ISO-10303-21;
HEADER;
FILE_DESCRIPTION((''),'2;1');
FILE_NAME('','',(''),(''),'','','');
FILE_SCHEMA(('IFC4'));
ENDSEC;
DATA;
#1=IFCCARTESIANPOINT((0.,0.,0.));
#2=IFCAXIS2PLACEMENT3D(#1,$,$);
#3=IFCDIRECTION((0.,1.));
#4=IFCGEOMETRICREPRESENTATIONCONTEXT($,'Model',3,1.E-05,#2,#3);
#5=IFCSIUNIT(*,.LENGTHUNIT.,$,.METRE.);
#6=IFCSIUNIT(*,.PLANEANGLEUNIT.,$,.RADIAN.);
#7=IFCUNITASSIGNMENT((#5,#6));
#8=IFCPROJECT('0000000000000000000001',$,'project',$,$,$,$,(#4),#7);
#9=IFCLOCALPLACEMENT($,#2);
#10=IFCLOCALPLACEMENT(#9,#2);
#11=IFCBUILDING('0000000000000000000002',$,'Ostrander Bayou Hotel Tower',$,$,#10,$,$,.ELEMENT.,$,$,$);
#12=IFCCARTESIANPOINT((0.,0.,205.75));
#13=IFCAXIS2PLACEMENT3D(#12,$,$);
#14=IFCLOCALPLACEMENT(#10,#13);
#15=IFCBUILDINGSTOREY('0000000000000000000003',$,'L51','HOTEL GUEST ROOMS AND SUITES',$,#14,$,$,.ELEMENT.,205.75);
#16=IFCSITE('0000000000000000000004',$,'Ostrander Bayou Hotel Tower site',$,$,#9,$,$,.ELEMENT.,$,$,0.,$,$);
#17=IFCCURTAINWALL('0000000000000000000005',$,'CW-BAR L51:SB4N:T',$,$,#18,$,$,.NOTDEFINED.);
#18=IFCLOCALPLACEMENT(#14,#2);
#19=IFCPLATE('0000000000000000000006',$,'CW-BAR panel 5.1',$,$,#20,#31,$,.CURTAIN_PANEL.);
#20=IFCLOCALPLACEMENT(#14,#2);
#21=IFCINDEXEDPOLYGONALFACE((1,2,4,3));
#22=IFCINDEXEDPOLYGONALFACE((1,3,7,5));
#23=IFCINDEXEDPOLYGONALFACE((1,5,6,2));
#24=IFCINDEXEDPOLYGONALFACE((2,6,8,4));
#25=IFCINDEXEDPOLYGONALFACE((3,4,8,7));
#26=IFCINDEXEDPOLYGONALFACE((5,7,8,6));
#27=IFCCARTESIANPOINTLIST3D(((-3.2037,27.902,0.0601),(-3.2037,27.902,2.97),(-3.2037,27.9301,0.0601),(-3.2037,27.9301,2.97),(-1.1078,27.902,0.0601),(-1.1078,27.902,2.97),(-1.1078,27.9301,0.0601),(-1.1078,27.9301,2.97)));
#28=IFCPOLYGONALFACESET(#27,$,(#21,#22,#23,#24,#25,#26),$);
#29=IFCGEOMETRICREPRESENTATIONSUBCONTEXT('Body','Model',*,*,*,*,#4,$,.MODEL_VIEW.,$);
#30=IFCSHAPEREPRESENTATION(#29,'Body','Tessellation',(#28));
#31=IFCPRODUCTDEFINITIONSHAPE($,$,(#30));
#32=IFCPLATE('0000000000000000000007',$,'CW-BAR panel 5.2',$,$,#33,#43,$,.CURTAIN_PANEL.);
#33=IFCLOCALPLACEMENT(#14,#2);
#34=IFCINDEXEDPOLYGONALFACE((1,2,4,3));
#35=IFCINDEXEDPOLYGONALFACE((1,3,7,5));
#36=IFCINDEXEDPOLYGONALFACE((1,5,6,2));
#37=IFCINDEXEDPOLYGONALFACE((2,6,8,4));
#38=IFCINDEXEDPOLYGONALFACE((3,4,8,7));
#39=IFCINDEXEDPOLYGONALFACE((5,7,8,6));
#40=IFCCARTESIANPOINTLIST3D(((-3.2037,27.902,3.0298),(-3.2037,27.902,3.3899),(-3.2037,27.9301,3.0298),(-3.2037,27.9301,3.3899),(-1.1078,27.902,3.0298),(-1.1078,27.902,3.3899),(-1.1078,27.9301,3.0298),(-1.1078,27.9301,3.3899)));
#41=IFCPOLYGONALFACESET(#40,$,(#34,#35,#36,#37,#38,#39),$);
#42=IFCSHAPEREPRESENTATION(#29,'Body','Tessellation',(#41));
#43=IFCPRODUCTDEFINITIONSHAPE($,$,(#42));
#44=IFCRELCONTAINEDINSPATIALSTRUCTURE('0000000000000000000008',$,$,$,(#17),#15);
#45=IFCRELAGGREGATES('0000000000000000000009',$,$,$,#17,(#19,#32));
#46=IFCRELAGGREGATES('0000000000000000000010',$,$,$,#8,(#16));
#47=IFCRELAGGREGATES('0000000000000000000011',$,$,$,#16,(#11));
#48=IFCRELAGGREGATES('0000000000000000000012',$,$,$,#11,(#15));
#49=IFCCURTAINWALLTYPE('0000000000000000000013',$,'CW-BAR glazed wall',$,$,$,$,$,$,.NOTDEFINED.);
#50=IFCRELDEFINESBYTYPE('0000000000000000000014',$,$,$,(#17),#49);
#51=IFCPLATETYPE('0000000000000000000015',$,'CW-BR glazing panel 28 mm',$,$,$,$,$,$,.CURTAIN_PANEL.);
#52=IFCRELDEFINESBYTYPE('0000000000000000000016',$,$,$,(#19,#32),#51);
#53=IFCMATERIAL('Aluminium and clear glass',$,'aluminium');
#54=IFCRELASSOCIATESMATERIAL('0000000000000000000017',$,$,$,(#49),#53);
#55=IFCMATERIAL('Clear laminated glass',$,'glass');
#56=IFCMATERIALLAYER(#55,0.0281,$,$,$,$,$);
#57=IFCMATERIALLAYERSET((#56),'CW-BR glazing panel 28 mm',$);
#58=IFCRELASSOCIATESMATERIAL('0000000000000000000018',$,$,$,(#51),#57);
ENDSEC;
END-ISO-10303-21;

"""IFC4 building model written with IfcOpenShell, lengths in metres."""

from ifc_helpers import new_model, si_unit, direction, frame, origin, origin_2d, place, context, subcontext, project, spatial, rectangle, extrude, material, layer, layer_set, type_object, element, aggregate, save


model = new_model("IFC4")

# Units and contexts
model_context = context("Model", 3, precision=1e-05, world=origin(), true_north=direction((0.0, 1.0)))
body_context = subcontext(model_context, "Body", "Model", "MODEL_VIEW")
ifc_project = project(units=[si_unit("LENGTHUNIT", "METRE"), si_unit("PLANEANGLEUNIT", "RADIAN")], contexts=[model_context])

# Site, building, storey
site_placement = place(None, origin())
site = spatial("IfcSite", under=ifc_project, at=site_placement, Name="Ostrander Bayou Hotel Tower site", CompositionType="ELEMENT", RefElevation=0.0)
building_placement = place(site_placement, origin())
building = spatial("IfcBuilding", under=site, at=building_placement, Name="Ostrander Bayou Hotel Tower", CompositionType="ELEMENT")
storey_placement = place(building_placement, frame((0.0, 0.0, 205.75)))
storey = spatial("IfcBuildingStorey", under=building, at=storey_placement, Name="L51", Description="HOTEL GUEST ROOMS AND SUITES", CompositionType="ELEMENT", Elevation=205.75)

# Curtain wall, plates
ifc_material_1 = material(Name="Aluminium and clear glass", Category="aluminium")
curtain_wall_type = type_object("IfcCurtainWallType", Name="CW-BAR glazed wall", PredefinedType="NOTDEFINED", material=ifc_material_1)
curtain_wall_placement = place(storey_placement, origin())
curtain_wall = element("IfcCurtainWall", 1, at=curtain_wall_placement, inside=storey, type_object=curtain_wall_type, Name="CW-BAR L51:SB4N:T", PredefinedType="NOTDEFINED")
ifc_material_2 = material(Name="Clear laminated glass", Category="glass")
ifc_layer = layer(ifc_material_2, 0.0281)
ifc_layer_set = layer_set([ifc_layer], Name="CW-BR glazing panel 28 mm")
plate_type = type_object("IfcPlateType", Name="CW-BR glazing panel 28 mm", PredefinedType="CURTAIN_PANEL", material=ifc_layer_set)
plate_1_placement = place(storey_placement, frame((-2.1558, 27.916, 0.0601), z_axis=(0.0, 0.0, 1.0), x_axis=(1.0, 0.0, 0.0)))
plate_1 = element("IfcPlate", 2, at=plate_1_placement, type_object=plate_type, Name="CW-BAR panel 5.1", PredefinedType="CURTAIN_PANEL", context=body_context, shape_type="SweptSolid", body=[
    extrude(rectangle(XDim=2.0959, YDim=0.0281, at=origin_2d()), origin(), (0.0, 0.0, 1.0), 2.9099),
])
plate_2_placement = place(storey_placement, frame((-2.1558, 27.916, 3.0298), z_axis=(0.0, 0.0, 1.0), x_axis=(1.0, 0.0, 0.0)))
plate_2 = element("IfcPlate", 3, at=plate_2_placement, type_object=plate_type, Name="CW-BAR panel 5.2", PredefinedType="CURTAIN_PANEL", context=body_context, shape_type="SweptSolid", body=[
    extrude(rectangle(XDim=2.0959, YDim=0.0281, at=origin_2d()), origin(), (0.0, 0.0, 1.0), 0.3601),
])
aggregate(curtain_wall, [plate_1, plate_2])

save(model, "model.ifc")
